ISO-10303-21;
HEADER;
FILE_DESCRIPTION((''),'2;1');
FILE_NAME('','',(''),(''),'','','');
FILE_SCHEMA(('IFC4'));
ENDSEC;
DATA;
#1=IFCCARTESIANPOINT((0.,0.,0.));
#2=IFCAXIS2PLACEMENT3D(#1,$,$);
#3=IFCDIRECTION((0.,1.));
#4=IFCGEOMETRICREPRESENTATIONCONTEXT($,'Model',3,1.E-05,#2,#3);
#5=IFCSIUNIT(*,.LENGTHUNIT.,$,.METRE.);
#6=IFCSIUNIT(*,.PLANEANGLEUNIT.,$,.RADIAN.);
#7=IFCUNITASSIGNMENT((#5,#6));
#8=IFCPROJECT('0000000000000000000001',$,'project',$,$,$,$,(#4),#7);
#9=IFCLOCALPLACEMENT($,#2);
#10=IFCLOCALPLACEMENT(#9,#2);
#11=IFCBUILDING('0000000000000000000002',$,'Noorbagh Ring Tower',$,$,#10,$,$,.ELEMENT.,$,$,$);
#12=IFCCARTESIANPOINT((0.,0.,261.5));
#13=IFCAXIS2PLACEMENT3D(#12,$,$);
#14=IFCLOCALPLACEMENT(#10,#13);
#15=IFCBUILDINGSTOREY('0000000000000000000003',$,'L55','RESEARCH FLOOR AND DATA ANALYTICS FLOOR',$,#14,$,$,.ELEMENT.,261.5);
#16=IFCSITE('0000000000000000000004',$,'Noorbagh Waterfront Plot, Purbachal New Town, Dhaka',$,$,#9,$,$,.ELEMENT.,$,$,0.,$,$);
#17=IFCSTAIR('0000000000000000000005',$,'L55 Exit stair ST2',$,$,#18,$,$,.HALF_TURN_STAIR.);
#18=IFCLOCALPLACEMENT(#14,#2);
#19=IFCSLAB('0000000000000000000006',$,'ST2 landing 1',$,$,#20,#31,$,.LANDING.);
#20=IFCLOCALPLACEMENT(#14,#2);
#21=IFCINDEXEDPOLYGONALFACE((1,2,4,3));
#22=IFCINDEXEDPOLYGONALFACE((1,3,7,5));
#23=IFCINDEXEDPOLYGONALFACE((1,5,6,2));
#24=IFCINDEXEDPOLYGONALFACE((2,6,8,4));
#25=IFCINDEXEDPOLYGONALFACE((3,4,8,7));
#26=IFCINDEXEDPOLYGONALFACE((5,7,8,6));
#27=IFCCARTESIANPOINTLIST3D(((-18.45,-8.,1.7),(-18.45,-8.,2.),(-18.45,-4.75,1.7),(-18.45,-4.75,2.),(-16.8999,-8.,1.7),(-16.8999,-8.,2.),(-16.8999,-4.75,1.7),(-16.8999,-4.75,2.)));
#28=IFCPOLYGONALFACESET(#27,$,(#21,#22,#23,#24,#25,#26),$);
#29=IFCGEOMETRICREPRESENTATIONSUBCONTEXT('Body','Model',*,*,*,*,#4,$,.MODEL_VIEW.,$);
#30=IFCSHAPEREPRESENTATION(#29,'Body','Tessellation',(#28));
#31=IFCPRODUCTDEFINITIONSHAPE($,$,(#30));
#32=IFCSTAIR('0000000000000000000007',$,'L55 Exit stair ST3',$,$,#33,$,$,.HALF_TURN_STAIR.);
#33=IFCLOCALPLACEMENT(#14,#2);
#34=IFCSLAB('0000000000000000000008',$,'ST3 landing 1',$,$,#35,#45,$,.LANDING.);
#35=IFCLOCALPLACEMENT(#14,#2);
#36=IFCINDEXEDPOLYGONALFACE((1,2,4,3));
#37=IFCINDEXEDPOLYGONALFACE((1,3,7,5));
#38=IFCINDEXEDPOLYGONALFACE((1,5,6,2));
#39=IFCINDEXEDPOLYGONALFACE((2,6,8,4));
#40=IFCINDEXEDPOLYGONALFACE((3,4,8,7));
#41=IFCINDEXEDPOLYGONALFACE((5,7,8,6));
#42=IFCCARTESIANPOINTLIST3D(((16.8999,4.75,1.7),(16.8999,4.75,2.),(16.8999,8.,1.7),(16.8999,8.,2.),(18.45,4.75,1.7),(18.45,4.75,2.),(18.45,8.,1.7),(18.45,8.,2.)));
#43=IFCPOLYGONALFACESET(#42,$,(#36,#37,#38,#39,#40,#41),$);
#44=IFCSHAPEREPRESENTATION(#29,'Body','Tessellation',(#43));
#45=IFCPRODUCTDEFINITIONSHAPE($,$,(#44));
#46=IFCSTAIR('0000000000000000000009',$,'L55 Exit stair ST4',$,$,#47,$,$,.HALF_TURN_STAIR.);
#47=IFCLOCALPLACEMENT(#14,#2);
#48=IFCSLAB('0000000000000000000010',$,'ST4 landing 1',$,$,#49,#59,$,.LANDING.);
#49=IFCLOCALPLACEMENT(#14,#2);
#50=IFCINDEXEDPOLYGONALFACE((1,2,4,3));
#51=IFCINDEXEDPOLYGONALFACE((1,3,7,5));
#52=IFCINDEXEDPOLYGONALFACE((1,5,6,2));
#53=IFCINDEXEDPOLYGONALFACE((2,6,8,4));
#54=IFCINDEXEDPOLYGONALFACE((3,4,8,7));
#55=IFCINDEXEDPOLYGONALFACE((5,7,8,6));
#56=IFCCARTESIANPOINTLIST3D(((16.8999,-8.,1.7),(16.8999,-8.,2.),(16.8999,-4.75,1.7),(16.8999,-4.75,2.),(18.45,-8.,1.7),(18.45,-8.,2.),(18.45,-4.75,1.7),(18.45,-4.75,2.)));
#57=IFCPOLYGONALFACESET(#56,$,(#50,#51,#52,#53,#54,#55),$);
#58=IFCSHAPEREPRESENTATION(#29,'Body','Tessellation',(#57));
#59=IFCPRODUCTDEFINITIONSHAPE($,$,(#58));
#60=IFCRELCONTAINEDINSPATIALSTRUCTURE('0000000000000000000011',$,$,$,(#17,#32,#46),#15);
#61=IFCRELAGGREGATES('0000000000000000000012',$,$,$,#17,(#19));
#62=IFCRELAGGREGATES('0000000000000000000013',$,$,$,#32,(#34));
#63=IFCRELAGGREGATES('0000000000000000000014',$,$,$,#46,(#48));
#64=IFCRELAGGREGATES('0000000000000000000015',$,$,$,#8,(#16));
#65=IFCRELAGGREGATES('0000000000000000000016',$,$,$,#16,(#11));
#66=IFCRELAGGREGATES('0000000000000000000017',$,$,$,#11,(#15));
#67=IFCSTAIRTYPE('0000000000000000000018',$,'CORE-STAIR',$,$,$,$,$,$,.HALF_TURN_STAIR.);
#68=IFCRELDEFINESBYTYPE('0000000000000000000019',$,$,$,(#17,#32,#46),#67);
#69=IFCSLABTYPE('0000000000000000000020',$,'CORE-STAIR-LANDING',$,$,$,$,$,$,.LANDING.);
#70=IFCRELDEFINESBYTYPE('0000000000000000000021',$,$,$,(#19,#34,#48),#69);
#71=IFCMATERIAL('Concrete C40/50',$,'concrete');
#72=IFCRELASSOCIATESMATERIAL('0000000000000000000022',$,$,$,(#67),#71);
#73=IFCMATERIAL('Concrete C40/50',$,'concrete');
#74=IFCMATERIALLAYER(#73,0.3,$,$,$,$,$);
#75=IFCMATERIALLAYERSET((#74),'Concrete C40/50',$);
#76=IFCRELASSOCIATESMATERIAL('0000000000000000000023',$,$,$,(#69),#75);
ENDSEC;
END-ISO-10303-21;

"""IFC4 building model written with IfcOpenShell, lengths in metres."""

from ifc_helpers import new_model, si_unit, direction, frame, origin, place, context, subcontext, project, spatial, polyline, outline, extrude, material, layer, layer_set, type_object, element, aggregate, save


model = new_model("IFC4")

# Units and contexts
model_context = context("Model", 3, precision=1e-05, world=origin(), true_north=direction((0.0, 1.0)))
body_context = subcontext(model_context, "Body", "Model", "MODEL_VIEW")
ifc_project = project(units=[si_unit("LENGTHUNIT", "METRE"), si_unit("PLANEANGLEUNIT", "RADIAN")], contexts=[model_context])

# Site, building, storey
site_placement = place(None, origin())
building_placement = place(site_placement, origin())
storey_placement = place(building_placement, frame((0.0, 0.0, 261.5)))
site = spatial("IfcSite", under=ifc_project, at=site_placement, Name="Noorbagh Waterfront Plot, Purbachal New Town, Dhaka", CompositionType="ELEMENT", RefElevation=0.0)
building = spatial("IfcBuilding", under=site, at=building_placement, Name="Noorbagh Ring Tower", CompositionType="ELEMENT")
storey = spatial("IfcBuildingStorey", under=building, at=storey_placement, Name="L55", Description="RESEARCH FLOOR AND DATA ANALYTICS FLOOR", CompositionType="ELEMENT", Elevation=261.5)

# Stairs, slabs
ifc_material_1 = material(Name="Concrete C40/50", Category="concrete")
stair_type = type_object("IfcStairType", Name="CORE-STAIR", PredefinedType="HALF_TURN_STAIR", material=ifc_material_1)
ifc_material_2 = material(Name="Concrete C40/50", Category="concrete")
ifc_layer_1 = layer(ifc_material_2, 0.3)
ifc_layer_set_1 = layer_set([ifc_layer_1], Name="Concrete C40/50")
slab_type_1 = type_object("IfcSlabType", Name="CORE-STAIR-LANDING", PredefinedType="LANDING", material=ifc_layer_set_1)
stair_1_placement = place(storey_placement, origin())
stair_1 = element("IfcStair", 1, at=stair_1_placement, inside=storey, type_object=stair_type, Name="L55 Exit stair ST2", PredefinedType="HALF_TURN_STAIR")
slab_1_placement = place(storey_placement, frame((0.0, 0.0, 1.7)))
slab_1 = element("IfcSlab", 2, at=slab_1_placement, type_object=slab_type_1, Name="ST2 landing 1", PredefinedType="LANDING", context=body_context, shape_type="SweptSolid", body=[
    extrude(outline(polyline([(-18.45, -8.0), (-16.8999, -8.0), (-16.8999, -4.75), (-18.45, -4.75), (-18.45, -8.0)])), origin(), (0.0, 0.0, 1.0), 0.3),
])
aggregate(stair_1, [slab_1])
stair_2_placement = place(storey_placement, origin())
stair_2 = element("IfcStair", 3, at=stair_2_placement, inside=storey, type_object=stair_type, Name="L55 Exit stair ST3", PredefinedType="HALF_TURN_STAIR")
slab_2_placement = place(storey_placement, frame((0.0, 0.0, 1.7)))
slab_2 = element("IfcSlab", 4, at=slab_2_placement, type_object=slab_type_1, Name="ST3 landing 1", PredefinedType="LANDING", context=body_context, shape_type="SweptSolid", body=[
    extrude(outline(polyline([(18.45, 8.0), (16.8999, 8.0), (16.8999, 4.75), (18.45, 4.75), (18.45, 8.0)])), origin(), (0.0, 0.0, 1.0), 0.3),
])
aggregate(stair_2, [slab_2])
stair_3_placement = place(storey_placement, origin())
stair_3 = element("IfcStair", 5, at=stair_3_placement, inside=storey, type_object=stair_type, Name="L55 Exit stair ST4", PredefinedType="HALF_TURN_STAIR")
slab_3_placement = place(storey_placement, frame((0.0, 0.0, 1.7)))
slab_3 = element("IfcSlab", 6, at=slab_3_placement, type_object=slab_type_1, Name="ST4 landing 1", PredefinedType="LANDING", context=body_context, shape_type="SweptSolid", body=[
    extrude(outline(polyline([(18.45, -4.75), (16.8999, -4.75), (16.8999, -8.0), (18.45, -8.0), (18.45, -4.75)])), origin(), (0.0, 0.0, 1.0), 0.3),
])
aggregate(stair_3, [slab_3])

save(model, "model.ifc")
